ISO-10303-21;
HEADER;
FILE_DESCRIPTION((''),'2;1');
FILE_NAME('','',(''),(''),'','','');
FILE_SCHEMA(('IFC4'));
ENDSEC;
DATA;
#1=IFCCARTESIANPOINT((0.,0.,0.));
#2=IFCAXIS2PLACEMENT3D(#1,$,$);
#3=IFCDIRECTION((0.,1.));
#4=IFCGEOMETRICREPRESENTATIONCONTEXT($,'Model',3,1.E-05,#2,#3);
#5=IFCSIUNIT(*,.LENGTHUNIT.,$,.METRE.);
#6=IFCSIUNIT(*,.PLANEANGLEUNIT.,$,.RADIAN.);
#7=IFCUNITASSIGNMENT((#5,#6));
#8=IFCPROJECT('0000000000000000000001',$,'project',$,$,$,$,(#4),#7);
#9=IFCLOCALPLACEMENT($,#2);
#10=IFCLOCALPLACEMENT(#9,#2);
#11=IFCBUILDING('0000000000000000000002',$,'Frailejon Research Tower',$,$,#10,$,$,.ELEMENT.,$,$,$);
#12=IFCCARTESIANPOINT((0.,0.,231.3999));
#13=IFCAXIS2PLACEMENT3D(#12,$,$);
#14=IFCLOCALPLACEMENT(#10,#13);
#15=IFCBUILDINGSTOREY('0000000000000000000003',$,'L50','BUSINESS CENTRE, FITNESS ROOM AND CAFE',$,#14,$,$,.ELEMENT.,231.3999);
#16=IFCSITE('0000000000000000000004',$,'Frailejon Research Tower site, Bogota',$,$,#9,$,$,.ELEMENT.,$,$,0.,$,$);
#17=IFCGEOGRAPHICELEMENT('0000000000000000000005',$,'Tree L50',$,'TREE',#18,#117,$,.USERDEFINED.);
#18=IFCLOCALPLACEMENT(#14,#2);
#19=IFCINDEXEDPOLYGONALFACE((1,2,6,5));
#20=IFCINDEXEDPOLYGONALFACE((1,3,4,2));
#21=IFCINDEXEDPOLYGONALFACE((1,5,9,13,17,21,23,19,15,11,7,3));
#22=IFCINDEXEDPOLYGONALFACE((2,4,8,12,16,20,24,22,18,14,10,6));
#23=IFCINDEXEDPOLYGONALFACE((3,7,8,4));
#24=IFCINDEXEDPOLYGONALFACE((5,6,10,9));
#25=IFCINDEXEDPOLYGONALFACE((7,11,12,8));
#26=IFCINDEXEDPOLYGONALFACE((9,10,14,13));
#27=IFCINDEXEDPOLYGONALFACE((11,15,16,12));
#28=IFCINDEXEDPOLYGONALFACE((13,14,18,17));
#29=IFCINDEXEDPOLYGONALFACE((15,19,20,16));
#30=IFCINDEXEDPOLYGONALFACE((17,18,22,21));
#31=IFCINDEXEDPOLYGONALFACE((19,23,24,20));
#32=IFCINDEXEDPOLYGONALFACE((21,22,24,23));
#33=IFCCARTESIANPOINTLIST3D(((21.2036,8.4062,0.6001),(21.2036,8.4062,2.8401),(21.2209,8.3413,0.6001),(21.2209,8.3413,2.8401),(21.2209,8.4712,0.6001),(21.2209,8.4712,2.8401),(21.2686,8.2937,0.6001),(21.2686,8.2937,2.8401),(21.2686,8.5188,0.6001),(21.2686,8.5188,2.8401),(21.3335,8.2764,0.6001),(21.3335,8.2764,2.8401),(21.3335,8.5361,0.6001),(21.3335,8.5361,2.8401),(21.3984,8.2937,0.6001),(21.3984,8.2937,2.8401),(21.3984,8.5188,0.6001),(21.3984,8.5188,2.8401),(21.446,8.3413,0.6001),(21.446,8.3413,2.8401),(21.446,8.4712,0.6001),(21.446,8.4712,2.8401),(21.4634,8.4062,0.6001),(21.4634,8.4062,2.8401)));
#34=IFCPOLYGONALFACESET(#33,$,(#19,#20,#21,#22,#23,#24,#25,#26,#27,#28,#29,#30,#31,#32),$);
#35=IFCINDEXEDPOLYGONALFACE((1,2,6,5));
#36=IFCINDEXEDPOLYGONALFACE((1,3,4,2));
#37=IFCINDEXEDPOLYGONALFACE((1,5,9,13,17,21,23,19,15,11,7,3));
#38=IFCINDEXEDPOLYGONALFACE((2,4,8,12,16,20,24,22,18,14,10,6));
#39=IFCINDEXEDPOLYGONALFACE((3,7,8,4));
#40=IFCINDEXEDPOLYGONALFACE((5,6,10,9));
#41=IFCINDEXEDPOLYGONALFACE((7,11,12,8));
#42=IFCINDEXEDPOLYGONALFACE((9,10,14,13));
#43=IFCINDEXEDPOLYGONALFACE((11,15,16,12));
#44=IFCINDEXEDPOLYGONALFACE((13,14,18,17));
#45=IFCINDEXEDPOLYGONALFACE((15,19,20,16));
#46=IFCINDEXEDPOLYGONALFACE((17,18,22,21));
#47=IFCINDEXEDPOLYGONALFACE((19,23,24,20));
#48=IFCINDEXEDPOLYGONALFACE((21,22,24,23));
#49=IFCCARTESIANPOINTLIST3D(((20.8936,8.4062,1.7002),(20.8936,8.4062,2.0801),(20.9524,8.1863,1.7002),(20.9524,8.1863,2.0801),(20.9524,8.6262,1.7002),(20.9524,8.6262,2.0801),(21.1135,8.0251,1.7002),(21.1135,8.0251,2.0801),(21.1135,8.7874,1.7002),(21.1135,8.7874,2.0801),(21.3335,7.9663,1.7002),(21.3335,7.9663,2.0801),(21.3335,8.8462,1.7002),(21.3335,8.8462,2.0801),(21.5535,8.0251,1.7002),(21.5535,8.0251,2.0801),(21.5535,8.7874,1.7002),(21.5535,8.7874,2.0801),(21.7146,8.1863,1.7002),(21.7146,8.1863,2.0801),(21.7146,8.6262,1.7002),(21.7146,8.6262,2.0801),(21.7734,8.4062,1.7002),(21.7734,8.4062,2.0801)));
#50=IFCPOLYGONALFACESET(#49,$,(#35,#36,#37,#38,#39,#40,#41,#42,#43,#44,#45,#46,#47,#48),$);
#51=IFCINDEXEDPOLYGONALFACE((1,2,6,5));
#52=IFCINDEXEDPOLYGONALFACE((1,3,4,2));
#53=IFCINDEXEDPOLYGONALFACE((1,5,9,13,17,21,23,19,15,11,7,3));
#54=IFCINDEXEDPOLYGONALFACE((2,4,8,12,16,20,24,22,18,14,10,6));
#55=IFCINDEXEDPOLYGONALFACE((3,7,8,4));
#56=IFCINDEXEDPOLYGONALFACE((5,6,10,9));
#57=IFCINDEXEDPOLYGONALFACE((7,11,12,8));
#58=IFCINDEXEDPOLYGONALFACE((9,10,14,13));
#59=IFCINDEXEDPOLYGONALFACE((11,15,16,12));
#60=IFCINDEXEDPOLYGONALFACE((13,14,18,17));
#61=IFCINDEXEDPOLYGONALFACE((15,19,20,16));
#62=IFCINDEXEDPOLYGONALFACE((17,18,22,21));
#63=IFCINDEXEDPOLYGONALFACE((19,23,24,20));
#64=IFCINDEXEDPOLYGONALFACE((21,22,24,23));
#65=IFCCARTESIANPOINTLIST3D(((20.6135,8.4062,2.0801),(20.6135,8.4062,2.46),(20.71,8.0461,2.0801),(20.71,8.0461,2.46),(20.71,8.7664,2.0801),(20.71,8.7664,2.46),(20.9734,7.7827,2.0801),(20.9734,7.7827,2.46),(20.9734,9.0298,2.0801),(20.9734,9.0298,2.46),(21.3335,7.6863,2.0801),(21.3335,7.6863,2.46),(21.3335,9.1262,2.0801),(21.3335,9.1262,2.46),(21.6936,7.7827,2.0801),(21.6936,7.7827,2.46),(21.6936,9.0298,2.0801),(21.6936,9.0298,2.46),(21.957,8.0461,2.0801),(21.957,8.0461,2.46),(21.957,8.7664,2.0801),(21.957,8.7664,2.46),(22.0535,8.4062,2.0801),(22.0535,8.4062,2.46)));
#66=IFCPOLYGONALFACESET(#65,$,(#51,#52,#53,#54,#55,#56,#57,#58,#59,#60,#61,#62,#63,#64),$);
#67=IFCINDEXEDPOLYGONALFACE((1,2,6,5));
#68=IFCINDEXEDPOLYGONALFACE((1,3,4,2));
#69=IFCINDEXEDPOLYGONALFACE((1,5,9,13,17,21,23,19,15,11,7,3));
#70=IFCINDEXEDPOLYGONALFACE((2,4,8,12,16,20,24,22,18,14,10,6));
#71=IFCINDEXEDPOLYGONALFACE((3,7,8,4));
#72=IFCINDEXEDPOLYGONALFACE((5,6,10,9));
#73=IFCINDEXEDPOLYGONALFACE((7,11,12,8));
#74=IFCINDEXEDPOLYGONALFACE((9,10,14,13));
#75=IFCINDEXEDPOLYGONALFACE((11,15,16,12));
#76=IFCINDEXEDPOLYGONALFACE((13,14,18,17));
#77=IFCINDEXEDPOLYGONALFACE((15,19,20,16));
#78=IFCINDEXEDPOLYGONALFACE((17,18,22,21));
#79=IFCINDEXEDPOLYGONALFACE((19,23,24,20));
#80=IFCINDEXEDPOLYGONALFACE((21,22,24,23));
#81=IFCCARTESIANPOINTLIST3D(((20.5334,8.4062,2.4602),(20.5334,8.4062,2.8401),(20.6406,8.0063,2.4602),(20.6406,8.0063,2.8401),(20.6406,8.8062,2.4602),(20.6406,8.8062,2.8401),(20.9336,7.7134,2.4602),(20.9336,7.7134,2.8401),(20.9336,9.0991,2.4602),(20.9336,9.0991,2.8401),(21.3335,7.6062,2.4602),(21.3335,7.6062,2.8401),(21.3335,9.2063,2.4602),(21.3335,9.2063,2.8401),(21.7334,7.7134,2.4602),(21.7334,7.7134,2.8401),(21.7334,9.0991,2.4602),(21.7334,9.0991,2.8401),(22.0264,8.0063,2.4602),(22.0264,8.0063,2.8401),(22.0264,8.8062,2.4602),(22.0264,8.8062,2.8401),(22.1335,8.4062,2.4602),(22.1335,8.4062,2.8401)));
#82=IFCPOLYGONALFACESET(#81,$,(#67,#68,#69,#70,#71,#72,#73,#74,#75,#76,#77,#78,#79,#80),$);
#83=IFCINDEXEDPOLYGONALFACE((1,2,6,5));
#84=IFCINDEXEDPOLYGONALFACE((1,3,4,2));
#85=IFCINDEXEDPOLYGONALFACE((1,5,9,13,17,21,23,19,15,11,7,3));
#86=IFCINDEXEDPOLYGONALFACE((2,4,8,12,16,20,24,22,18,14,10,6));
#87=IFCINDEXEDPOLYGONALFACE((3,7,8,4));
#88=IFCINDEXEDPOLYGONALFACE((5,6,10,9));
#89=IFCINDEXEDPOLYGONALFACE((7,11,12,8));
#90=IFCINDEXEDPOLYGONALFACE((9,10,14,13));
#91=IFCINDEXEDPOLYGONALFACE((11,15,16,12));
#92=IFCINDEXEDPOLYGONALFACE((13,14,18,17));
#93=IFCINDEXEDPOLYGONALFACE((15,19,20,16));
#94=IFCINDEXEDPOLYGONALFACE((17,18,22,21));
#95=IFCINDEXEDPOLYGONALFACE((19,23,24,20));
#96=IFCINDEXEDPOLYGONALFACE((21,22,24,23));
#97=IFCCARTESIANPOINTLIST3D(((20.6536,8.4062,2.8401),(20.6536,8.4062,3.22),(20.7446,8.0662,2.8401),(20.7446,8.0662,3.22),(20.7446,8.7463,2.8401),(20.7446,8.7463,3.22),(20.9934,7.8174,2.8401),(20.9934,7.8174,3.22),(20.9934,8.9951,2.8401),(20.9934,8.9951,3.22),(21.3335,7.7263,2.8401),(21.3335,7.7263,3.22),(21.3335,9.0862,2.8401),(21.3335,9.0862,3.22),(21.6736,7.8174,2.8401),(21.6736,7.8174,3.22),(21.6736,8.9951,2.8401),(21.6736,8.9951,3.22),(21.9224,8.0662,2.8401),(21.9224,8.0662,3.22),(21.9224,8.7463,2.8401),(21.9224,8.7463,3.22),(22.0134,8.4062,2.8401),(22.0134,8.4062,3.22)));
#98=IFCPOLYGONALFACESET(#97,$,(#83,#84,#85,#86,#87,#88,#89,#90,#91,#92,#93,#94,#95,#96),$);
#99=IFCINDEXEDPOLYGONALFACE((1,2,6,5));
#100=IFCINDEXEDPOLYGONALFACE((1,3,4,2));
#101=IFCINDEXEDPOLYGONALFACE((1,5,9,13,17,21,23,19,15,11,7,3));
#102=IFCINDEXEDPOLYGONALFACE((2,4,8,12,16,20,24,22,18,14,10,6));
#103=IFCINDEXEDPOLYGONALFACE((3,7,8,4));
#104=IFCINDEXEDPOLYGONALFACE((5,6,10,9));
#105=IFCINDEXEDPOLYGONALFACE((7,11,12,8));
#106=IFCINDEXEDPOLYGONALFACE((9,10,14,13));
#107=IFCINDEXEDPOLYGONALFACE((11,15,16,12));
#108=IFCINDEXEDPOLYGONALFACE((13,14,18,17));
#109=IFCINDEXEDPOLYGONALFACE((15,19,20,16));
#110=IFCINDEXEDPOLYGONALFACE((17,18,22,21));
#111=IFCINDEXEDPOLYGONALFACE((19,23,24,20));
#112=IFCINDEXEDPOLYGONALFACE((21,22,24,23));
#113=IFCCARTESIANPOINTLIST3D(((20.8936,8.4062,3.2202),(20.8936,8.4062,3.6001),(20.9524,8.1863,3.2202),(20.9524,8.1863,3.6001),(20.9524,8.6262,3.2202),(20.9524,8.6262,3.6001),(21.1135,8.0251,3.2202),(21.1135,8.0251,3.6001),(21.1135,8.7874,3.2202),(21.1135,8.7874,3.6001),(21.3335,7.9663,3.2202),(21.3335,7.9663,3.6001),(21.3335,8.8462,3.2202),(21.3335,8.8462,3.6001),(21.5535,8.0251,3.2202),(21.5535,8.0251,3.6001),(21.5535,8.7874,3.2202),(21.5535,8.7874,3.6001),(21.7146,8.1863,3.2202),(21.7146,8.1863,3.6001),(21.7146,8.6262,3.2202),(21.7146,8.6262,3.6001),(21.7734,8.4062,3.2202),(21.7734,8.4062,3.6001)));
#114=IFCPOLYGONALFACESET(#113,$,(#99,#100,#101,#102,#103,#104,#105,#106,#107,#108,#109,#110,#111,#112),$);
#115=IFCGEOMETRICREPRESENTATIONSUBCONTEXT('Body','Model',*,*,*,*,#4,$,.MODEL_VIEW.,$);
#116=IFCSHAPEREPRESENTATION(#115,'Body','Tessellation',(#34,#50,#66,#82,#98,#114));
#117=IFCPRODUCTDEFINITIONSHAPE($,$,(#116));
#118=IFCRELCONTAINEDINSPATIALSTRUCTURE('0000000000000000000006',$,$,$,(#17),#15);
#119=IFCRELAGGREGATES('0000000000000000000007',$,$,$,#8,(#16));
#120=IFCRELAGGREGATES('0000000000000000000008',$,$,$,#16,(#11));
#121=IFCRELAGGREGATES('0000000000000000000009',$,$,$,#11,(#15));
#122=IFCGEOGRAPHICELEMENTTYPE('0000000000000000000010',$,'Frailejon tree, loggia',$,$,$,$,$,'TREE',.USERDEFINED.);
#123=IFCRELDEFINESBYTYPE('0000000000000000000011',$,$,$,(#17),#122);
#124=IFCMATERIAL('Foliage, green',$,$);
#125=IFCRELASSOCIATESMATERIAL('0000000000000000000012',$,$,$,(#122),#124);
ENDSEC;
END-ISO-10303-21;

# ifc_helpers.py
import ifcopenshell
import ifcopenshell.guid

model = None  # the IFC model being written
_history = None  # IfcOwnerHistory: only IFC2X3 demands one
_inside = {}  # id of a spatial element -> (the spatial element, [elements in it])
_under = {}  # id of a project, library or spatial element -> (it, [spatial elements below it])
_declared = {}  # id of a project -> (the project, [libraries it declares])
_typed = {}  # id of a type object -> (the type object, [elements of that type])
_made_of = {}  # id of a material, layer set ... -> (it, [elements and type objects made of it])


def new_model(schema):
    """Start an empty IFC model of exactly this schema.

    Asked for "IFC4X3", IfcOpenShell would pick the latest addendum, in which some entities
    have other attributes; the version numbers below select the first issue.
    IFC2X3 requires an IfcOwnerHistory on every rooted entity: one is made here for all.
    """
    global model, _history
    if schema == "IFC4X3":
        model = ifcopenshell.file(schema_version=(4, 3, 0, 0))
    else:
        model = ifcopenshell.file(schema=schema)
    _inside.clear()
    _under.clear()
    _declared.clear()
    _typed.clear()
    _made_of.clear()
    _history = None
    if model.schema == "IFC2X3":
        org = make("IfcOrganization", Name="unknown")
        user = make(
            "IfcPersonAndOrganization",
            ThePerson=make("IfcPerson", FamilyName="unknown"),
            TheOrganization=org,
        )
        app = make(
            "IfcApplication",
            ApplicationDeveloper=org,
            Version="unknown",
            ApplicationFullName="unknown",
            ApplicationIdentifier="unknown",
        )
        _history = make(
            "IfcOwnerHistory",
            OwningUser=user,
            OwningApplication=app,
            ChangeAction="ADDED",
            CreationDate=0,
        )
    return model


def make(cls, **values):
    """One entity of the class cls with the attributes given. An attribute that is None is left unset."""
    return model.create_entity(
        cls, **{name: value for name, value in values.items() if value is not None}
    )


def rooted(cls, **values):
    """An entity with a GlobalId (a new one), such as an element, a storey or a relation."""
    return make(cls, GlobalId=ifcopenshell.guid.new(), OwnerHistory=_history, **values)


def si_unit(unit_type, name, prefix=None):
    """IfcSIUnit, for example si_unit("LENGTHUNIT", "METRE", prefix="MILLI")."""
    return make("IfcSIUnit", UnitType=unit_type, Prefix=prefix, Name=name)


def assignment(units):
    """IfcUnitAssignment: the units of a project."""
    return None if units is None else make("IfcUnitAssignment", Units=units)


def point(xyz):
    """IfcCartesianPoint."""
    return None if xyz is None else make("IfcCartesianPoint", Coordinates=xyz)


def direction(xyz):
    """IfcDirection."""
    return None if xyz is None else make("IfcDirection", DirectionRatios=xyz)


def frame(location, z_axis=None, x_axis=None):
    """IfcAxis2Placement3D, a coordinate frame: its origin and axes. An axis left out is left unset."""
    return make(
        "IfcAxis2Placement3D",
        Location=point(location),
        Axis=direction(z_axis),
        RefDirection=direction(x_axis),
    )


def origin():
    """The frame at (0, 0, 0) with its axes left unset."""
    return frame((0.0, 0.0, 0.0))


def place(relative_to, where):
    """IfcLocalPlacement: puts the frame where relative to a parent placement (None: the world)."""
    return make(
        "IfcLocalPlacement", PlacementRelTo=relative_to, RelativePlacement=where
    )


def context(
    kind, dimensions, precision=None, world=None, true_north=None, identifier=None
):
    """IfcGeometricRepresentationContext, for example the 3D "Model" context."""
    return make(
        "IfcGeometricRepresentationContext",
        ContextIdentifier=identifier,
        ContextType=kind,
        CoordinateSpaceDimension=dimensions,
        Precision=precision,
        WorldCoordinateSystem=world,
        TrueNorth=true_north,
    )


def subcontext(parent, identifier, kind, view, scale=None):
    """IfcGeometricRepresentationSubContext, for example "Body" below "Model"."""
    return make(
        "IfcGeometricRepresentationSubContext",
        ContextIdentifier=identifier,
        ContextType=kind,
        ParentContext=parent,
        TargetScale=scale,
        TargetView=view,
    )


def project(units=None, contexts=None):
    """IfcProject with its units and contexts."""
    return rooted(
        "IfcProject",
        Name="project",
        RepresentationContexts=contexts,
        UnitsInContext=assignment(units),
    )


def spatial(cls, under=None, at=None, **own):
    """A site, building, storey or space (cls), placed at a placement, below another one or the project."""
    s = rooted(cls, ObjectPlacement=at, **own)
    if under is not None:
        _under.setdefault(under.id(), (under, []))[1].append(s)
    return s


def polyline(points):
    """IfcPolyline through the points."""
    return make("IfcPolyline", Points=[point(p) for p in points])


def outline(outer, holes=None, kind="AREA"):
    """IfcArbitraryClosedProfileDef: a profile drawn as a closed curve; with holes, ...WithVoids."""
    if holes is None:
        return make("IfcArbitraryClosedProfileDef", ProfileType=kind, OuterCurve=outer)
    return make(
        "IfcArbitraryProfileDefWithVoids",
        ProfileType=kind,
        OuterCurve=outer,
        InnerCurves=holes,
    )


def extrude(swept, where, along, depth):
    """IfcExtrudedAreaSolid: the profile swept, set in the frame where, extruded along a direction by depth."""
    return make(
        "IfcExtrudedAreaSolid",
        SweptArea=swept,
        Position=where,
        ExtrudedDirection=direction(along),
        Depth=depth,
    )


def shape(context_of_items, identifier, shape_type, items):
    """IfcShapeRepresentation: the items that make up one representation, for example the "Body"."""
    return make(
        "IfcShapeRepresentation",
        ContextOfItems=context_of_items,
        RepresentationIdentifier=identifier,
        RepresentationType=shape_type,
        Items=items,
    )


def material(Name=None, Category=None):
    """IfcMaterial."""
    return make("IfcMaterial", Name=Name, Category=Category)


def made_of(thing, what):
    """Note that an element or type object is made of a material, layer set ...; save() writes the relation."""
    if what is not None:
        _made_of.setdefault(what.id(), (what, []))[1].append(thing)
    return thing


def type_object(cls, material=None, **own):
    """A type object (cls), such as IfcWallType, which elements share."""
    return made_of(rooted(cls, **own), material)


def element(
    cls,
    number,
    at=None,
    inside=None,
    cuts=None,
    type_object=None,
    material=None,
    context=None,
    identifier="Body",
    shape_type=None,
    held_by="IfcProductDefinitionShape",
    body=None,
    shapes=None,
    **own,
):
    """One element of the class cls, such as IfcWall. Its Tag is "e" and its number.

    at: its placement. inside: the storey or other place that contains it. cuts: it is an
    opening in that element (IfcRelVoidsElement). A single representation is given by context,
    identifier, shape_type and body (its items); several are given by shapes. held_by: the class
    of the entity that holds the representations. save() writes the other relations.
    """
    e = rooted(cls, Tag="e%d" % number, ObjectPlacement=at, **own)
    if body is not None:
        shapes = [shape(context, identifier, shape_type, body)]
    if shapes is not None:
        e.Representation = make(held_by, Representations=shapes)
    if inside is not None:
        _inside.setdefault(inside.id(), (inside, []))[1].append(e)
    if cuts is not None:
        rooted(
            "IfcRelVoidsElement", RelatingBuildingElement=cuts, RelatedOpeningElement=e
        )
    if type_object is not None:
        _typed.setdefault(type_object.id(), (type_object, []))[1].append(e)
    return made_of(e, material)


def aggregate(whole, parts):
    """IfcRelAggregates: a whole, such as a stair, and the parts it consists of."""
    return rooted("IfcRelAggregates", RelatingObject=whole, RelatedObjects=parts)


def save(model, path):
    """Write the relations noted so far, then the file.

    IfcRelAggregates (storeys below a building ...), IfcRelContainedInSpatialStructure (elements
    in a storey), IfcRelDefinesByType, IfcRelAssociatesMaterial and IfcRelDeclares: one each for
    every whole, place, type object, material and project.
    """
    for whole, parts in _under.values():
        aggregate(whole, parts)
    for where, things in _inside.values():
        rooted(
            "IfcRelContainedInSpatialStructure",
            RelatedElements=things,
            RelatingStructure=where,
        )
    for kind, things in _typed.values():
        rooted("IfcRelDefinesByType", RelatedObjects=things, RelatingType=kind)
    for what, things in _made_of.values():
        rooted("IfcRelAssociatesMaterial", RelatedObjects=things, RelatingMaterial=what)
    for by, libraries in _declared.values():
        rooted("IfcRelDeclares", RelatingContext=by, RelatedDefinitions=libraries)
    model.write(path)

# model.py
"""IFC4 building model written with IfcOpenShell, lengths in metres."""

from ifc_helpers import new_model, si_unit, direction, frame, origin, place, context, subcontext, project, spatial, polyline, outline, extrude, material, type_object, element, save


model = new_model("IFC4")

# Units and contexts
model_context = context("Model", 3, precision=1e-05, world=origin(), true_north=direction((0.0, 1.0)))
body_context = subcontext(model_context, "Body", "Model", "MODEL_VIEW")
ifc_project = project(units=[si_unit("LENGTHUNIT", "METRE"), si_unit("PLANEANGLEUNIT", "RADIAN")], contexts=[model_context])

# Site, building, storey
site_placement = place(None, origin())
site = spatial("IfcSite", under=ifc_project, at=site_placement, Name="Frailejon Research Tower site, Bogota", CompositionType="ELEMENT", RefElevation=0.0)
building_placement = place(site_placement, origin())
building = spatial("IfcBuilding", under=site, at=building_placement, Name="Frailejon Research Tower", CompositionType="ELEMENT")
storey_placement = place(building_placement, frame((0.0, 0.0, 231.3999)))
storey = spatial("IfcBuildingStorey", under=building, at=storey_placement, Name="L50", Description="BUSINESS CENTRE, FITNESS ROOM AND CAFE", CompositionType="ELEMENT", Elevation=231.3999)

# Geographic element
ifc_material_1 = material(Name="Foliage, green")
geographic_element_type = type_object("IfcGeographicElementType", Name="Frailejon tree, loggia", ElementType="TREE", PredefinedType="USERDEFINED", material=ifc_material_1)
geographic_element_placement = place(storey_placement, frame((21.3335, 8.4062, 0.6001)))
element("IfcGeographicElement", 1, at=geographic_element_placement, inside=storey, type_object=geographic_element_type, Name="Tree L50", ObjectType="TREE", PredefinedType="USERDEFINED", context=body_context, shape_type="SweptSolid", body=[
    extrude(outline(polyline([(0.1299, 0.0), (0.1125, 0.0649), (0.0649, 0.1125), (0.0, 0.1299), (-0.0649, 0.1125), (-0.1125, 0.0649), (-0.1299, 0.0), (-0.1125, -0.0649), (-0.0649, -0.1125), (0.0, -0.1299), (0.0649, -0.1125), (0.1125, -0.0649), (0.1299, 0.0)])), origin(), (0.0, 0.0, 1.0), 2.24),
    extrude(outline(polyline([(0.4399, 0.0), (0.3811, 0.22), (0.22, 0.3811), (0.0, 0.4399), (-0.22, 0.3811), (-0.3811, 0.22), (-0.4399, 0.0), (-0.3811, -0.22), (-0.22, -0.3811), (0.0, -0.4399), (0.22, -0.3811), (0.3811, -0.22), (0.4399, 0.0)])), frame((0.0, 0.0, 1.1001)), (0.0, 0.0, 1.0), 0.3799),
    extrude(outline(polyline([(0.72, 0.0), (0.6235, 0.3601), (0.3601, 0.6235), (0.0, 0.72), (-0.3601, 0.6235), (-0.6235, 0.3601), (-0.72, 0.0), (-0.6235, -0.3601), (-0.3601, -0.6235), (0.0, -0.72), (0.3601, -0.6235), (0.6235, -0.3601), (0.72, 0.0)])), frame((0.0, 0.0, 1.48)), (0.0, 0.0, 1.0), 0.3799),
    extrude(outline(polyline([(0.8, 0.0), (0.6929, 0.3999), (0.3999, 0.6929), (0.0, 0.8), (-0.3999, 0.6929), (-0.6929, 0.3999), (-0.8, 0.0), (-0.6929, -0.3999), (-0.3999, -0.6929), (0.0, -0.8), (0.3999, -0.6929), (0.6929, -0.3999), (0.8, 0.0)])), frame((0.0, 0.0, 1.8601)), (0.0, 0.0, 1.0), 0.3799),
    extrude(outline(polyline([(0.6799, 0.0), (0.5889, 0.3401), (0.3401, 0.5889), (0.0, 0.6799), (-0.3401, 0.5889), (-0.5889, 0.3401), (-0.6799, 0.0), (-0.5889, -0.3401), (-0.3401, -0.5889), (0.0, -0.6799), (0.3401, -0.5889), (0.5889, -0.3401), (0.6799, 0.0)])), frame((0.0, 0.0, 2.24)), (0.0, 0.0, 1.0), 0.3799),
    extrude(outline(polyline([(0.4399, 0.0), (0.3811, 0.22), (0.22, 0.3811), (0.0, 0.4399), (-0.22, 0.3811), (-0.3811, 0.22), (-0.4399, 0.0), (-0.3811, -0.22), (-0.22, -0.3811), (0.0, -0.4399), (0.22, -0.3811), (0.3811, -0.22), (0.4399, 0.0)])), frame((0.0, 0.0, 2.6201)), (0.0, 0.0, 1.0), 0.3799),
])

save(model, "model.ifc")
